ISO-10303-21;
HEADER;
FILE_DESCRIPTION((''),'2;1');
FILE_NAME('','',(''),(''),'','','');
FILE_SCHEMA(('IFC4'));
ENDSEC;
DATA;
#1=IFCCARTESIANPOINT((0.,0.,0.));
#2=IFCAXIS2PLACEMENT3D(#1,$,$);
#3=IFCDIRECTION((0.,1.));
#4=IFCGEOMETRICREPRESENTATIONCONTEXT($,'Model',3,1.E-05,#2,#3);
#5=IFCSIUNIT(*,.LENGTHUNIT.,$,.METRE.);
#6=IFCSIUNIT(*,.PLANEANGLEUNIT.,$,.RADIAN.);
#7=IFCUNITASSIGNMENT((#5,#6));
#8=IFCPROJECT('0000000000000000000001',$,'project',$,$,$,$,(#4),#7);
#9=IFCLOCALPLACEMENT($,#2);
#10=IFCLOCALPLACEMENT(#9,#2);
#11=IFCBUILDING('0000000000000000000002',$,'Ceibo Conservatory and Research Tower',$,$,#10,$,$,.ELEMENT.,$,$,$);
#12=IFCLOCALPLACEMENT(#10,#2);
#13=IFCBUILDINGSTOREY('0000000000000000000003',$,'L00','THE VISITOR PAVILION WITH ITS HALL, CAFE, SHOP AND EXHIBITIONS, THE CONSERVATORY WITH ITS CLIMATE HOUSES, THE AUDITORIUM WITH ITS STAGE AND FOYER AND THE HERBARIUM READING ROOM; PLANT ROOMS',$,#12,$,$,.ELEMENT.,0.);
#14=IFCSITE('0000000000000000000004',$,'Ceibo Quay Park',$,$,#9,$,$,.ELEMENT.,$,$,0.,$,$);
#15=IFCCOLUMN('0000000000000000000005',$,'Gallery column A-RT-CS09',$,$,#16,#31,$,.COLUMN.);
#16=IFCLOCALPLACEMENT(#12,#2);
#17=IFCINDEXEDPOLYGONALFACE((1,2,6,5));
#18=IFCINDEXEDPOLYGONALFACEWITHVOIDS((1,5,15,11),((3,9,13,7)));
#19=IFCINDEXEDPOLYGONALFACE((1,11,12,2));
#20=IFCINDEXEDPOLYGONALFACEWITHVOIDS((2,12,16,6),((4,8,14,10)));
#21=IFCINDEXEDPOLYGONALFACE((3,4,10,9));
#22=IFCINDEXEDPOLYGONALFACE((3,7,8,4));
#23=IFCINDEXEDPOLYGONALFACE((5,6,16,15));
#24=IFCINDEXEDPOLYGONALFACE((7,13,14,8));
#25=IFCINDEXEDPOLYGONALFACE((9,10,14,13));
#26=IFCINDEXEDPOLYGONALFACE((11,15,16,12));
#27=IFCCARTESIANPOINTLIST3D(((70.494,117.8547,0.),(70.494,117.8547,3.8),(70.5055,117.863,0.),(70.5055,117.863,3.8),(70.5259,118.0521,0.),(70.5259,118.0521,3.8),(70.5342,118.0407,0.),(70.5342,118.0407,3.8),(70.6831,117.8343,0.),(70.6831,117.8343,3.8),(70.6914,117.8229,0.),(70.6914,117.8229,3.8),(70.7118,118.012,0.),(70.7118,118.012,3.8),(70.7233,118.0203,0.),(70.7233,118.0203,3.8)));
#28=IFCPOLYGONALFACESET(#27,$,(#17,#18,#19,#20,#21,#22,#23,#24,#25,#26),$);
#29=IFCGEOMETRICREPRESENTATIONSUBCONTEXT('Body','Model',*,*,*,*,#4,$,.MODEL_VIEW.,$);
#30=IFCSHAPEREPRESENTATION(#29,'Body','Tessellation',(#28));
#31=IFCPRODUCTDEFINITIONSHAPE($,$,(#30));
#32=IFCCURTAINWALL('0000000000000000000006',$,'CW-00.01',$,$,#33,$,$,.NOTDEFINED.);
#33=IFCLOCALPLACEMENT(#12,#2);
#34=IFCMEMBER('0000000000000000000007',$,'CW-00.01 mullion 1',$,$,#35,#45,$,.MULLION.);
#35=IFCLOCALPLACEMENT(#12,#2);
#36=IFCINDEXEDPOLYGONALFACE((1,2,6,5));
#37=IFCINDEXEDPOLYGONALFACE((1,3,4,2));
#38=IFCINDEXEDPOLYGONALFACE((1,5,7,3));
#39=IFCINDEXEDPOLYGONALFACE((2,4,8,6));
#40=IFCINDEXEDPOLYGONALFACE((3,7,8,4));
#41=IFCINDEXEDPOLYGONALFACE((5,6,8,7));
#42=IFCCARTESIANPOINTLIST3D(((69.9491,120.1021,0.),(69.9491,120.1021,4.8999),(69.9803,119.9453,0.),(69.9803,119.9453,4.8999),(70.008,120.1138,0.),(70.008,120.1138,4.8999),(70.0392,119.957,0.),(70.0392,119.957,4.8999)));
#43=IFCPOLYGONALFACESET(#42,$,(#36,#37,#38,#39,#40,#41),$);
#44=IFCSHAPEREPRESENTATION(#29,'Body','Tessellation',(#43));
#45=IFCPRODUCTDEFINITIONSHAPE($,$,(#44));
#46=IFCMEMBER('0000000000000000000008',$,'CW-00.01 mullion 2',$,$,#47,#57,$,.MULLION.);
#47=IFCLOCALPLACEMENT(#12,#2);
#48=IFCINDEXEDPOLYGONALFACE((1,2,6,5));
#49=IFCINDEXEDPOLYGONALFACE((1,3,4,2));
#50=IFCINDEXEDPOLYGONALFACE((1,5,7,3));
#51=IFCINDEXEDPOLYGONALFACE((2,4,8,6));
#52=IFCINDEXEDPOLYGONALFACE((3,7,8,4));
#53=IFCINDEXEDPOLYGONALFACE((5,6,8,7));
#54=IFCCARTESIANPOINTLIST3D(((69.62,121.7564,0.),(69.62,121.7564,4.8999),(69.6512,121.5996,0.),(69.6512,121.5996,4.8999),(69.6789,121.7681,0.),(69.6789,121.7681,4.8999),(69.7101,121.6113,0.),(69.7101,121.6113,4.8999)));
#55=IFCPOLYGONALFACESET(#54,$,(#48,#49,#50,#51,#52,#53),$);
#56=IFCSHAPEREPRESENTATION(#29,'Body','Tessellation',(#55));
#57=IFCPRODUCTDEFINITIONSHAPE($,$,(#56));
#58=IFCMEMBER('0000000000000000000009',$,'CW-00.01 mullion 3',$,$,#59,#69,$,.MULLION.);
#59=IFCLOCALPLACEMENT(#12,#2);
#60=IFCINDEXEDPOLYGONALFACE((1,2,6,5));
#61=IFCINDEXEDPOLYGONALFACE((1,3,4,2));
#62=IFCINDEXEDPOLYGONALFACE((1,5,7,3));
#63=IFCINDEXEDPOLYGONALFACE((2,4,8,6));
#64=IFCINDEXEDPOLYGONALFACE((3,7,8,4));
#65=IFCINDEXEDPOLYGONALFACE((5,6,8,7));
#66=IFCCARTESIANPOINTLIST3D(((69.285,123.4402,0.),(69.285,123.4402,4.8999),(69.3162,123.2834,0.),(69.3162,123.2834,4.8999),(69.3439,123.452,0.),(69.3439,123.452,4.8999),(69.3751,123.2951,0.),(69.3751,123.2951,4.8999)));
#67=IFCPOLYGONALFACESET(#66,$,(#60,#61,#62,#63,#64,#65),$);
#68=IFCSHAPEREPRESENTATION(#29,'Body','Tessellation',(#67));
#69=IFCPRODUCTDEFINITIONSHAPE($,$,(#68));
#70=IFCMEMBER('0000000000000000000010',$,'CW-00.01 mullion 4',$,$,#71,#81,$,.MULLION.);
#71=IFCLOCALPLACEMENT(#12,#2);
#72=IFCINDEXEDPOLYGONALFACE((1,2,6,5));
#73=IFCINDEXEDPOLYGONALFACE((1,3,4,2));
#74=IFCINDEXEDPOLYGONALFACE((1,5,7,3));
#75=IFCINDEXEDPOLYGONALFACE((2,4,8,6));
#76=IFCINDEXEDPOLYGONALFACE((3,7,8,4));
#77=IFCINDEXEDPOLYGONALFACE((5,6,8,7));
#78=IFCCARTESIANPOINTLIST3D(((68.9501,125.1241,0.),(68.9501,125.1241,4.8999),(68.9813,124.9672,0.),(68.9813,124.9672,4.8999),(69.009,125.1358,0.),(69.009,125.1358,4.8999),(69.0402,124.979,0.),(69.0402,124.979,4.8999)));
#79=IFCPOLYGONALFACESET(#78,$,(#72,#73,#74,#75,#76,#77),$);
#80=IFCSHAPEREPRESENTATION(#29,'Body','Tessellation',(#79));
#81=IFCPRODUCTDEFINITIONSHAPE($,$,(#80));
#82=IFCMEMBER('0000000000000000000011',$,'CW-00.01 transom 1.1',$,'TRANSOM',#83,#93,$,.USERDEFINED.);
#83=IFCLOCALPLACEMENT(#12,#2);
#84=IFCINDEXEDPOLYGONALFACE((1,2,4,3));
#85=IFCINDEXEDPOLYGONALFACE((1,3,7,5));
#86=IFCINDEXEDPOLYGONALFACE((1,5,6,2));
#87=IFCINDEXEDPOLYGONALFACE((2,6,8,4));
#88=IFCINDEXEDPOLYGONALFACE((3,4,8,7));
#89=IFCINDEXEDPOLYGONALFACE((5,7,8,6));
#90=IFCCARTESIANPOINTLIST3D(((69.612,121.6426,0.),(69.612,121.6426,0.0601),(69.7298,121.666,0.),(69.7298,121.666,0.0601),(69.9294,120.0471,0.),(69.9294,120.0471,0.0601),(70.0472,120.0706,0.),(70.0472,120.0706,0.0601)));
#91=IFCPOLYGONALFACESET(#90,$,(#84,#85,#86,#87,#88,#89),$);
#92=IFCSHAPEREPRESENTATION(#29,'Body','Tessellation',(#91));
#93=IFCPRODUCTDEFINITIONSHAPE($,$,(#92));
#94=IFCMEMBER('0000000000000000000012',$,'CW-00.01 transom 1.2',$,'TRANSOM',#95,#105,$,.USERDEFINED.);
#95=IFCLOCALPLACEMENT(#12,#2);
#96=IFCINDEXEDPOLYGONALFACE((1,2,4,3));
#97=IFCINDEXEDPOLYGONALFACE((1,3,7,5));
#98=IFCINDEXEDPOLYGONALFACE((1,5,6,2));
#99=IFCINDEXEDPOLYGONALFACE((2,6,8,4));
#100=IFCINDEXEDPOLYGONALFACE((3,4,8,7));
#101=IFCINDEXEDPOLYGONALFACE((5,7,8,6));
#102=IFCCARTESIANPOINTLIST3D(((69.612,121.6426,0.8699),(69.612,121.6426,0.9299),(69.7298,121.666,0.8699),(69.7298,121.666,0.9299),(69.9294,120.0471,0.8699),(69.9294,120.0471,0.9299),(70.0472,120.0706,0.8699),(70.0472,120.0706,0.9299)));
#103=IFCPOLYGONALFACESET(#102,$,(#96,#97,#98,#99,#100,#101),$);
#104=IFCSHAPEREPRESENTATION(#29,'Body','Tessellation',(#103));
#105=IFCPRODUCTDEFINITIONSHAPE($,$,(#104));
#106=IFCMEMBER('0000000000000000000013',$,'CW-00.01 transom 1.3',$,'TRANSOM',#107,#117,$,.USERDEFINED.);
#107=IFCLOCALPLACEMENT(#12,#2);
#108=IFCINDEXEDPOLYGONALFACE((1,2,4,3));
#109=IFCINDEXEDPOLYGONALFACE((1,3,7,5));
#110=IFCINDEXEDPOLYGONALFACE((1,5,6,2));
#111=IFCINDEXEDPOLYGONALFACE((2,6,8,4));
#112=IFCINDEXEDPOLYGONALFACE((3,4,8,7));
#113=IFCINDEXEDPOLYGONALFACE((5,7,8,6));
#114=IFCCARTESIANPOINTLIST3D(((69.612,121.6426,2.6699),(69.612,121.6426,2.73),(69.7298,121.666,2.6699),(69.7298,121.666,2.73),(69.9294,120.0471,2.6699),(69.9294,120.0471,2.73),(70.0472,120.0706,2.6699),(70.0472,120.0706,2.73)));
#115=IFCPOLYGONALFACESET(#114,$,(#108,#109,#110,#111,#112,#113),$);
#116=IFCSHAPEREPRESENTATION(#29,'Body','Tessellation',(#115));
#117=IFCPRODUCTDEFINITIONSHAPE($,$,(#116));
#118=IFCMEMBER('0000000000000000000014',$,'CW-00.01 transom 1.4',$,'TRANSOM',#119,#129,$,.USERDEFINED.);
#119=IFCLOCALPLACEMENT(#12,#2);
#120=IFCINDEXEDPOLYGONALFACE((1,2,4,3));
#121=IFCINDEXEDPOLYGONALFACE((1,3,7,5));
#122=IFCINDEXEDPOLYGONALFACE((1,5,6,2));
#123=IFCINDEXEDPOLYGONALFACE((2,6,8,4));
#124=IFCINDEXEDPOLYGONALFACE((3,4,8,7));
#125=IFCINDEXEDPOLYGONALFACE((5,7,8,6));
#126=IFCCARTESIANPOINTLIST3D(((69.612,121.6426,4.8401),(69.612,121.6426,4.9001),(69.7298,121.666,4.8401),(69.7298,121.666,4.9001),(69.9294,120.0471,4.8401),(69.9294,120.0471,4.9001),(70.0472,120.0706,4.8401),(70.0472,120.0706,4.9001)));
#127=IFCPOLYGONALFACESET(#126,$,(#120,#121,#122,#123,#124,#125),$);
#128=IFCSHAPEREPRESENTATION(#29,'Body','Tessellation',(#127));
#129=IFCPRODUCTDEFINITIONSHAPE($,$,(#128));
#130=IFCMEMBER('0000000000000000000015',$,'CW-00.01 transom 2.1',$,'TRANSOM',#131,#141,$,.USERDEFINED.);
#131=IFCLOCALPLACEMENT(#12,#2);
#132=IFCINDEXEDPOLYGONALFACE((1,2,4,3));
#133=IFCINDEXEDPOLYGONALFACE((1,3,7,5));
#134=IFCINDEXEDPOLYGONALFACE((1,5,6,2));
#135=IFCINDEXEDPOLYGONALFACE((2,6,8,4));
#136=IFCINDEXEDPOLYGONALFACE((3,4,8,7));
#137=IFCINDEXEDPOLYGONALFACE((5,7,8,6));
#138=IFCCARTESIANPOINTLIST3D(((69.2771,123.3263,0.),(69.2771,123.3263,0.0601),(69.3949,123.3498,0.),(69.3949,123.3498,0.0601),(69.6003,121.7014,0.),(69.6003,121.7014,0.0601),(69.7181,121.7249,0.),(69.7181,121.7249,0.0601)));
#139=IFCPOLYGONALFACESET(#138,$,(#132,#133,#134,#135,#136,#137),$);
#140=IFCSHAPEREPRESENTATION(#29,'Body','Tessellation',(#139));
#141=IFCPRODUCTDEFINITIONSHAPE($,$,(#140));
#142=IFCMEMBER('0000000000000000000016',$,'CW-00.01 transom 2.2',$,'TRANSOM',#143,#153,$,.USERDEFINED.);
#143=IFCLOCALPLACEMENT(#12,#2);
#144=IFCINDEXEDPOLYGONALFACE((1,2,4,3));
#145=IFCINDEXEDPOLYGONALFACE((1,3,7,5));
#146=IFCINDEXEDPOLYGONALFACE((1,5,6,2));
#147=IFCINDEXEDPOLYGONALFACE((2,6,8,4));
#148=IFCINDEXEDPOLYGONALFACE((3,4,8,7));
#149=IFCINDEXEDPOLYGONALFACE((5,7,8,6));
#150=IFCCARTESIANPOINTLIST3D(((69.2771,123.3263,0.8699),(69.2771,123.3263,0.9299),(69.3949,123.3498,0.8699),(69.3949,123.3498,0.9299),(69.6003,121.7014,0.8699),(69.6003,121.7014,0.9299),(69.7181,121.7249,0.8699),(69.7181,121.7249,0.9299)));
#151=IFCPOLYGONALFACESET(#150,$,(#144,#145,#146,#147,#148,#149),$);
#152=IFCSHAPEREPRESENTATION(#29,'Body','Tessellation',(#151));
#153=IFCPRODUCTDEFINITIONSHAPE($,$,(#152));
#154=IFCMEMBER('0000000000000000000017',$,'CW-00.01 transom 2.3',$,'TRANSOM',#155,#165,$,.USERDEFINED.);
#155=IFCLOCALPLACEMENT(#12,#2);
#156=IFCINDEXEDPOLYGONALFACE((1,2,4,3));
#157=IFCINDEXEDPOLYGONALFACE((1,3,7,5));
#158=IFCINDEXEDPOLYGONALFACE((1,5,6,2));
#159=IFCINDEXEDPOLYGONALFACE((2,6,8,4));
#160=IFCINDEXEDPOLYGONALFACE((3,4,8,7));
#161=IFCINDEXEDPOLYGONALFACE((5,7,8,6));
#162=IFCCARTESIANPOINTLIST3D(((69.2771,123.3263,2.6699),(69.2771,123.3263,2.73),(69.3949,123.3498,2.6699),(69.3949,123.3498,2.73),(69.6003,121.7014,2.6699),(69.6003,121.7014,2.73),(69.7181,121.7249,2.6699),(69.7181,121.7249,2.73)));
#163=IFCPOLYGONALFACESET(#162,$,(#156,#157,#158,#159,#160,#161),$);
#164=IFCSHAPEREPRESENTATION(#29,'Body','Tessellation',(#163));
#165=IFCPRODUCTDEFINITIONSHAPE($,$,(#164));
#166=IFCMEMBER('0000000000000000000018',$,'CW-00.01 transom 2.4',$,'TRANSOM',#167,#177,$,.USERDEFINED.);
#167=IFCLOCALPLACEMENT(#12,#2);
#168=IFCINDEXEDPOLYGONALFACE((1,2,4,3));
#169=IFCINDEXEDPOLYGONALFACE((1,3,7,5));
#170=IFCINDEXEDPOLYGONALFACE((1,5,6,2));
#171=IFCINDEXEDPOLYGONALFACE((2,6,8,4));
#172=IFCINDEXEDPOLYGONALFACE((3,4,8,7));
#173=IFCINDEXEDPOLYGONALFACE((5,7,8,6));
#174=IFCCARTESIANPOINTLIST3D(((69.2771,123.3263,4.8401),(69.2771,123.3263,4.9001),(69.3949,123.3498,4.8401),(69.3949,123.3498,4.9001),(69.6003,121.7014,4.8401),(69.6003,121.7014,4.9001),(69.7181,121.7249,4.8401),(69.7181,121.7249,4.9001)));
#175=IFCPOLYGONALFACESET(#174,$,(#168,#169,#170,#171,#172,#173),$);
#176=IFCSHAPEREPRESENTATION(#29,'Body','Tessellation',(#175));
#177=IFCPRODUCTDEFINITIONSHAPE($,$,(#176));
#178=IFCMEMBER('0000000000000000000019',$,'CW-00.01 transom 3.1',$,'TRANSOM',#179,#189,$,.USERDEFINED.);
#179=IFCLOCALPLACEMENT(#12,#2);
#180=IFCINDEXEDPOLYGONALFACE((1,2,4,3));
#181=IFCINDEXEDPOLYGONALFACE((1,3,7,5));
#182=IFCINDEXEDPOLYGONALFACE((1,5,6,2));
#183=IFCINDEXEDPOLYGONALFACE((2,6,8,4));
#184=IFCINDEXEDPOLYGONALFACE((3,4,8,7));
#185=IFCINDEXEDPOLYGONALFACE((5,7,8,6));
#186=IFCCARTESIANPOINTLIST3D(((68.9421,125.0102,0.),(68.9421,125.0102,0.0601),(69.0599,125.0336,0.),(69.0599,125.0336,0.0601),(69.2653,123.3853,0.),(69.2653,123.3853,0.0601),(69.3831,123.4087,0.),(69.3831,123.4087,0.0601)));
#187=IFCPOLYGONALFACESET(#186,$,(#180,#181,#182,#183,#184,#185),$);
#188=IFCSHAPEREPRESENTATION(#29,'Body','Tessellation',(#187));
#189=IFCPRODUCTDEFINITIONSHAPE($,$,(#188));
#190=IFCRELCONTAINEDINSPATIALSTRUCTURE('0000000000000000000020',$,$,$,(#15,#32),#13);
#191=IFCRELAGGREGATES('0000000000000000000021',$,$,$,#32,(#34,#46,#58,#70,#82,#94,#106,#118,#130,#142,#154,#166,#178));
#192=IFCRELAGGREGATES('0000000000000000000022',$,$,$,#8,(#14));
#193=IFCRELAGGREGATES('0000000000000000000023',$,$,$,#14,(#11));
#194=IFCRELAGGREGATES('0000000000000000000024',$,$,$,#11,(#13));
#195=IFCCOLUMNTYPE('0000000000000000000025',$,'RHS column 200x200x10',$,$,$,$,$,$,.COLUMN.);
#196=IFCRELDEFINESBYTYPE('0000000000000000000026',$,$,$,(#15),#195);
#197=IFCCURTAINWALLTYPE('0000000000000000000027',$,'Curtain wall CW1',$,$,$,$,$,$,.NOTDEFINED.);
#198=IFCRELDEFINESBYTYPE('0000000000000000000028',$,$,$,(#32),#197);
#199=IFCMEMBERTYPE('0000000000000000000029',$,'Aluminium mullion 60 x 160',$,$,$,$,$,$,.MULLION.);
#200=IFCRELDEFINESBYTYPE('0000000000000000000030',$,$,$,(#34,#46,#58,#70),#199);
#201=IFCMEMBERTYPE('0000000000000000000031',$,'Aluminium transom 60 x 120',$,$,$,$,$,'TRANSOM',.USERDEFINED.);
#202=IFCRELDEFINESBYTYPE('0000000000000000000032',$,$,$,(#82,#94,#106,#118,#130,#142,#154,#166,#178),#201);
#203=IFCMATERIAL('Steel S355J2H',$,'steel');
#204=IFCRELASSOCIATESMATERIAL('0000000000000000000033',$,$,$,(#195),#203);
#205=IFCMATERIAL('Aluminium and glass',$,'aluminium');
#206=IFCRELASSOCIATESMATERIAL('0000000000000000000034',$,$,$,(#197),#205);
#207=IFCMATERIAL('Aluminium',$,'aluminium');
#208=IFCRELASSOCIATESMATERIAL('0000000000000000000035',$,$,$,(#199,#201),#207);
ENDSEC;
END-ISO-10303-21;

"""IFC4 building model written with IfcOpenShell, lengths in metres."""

from ifc_helpers import new_model, si_unit, direction, frame, origin, origin_2d, place, context, subcontext, project, spatial, rectangle, hollow_rectangle, extrude, material, material_profile, profile_set, type_object, element, aggregate, save


model = new_model("IFC4")

# Units and contexts
model_context = context("Model", 3, precision=1e-05, world=origin(), true_north=direction((0.0, 1.0)))
body_context = subcontext(model_context, "Body", "Model", "MODEL_VIEW")
ifc_project = project(units=[si_unit("LENGTHUNIT", "METRE"), si_unit("PLANEANGLEUNIT", "RADIAN")], contexts=[model_context])

# Site, building, storey
site_placement = place(None, origin())
site = spatial("IfcSite", under=ifc_project, at=site_placement, Name="Ceibo Quay Park", CompositionType="ELEMENT", RefElevation=0.0)
building_placement = place(site_placement, origin())
building = spatial("IfcBuilding", under=site, at=building_placement, Name="Ceibo Conservatory and Research Tower", CompositionType="ELEMENT")
storey_placement = place(building_placement, origin())
storey = spatial("IfcBuildingStorey", under=building, at=storey_placement, Name="L00", Description="THE VISITOR PAVILION WITH ITS HALL, CAFE, SHOP AND EXHIBITIONS, THE CONSERVATORY WITH ITS CLIMATE HOUSES, THE AUDITORIUM WITH ITS STAGE AND FOYER AND THE HERBARIUM READING ROOM; PLANT ROOMS", CompositionType="ELEMENT", Elevation=0.0)

# Column
ifc_material_1 = material(Name="Steel S355J2H", Category="steel")
ifc_material_profile_1 = material_profile(ifc_material_1, hollow_rectangle(XDim=0.2, YDim=0.2, WallThickness=0.01, at=origin_2d()), Name="RHS column 200x200x10")
ifc_profile_set_1 = profile_set([ifc_material_profile_1], Name="Steel S355J2H")
column_type = type_object("IfcColumnType", Name="RHS column 200x200x10", PredefinedType="COLUMN", material=ifc_profile_set_1)
column_placement = place(storey_placement, frame((70.6086, 117.9375, 0.0), z_axis=(0.0, 0.0, 1.0), x_axis=(-0.987216, 0.159391, 0.0)))
element("IfcColumn", 1, at=column_placement, inside=storey, type_object=column_type, Name="Gallery column A-RT-CS09", PredefinedType="COLUMN", context=body_context, shape_type="SweptSolid", body=[
    extrude(hollow_rectangle(XDim=0.2, YDim=0.2, WallThickness=0.01, at=origin_2d()), origin(), (0.0, 0.0, 1.0), 3.8),
])

# Curtain wall, members
ifc_material_2 = material(Name="Aluminium and glass", Category="aluminium")
curtain_wall_type_1 = type_object("IfcCurtainWallType", Name="Curtain wall CW1", PredefinedType="NOTDEFINED", material=ifc_material_2)
curtain_wall_1_placement = place(storey_placement, origin())
curtain_wall_1 = element("IfcCurtainWall", 2, at=curtain_wall_1_placement, inside=storey, type_object=curtain_wall_type_1, Name="CW-00.01", PredefinedType="NOTDEFINED")
ifc_material_3 = material(Name="Aluminium", Category="aluminium")
ifc_material_profile_2 = material_profile(ifc_material_3, rectangle(XDim=0.0601, YDim=0.1599, at=origin_2d()), Name="Aluminium 60 x 160")
ifc_profile_set_2 = profile_set([ifc_material_profile_2], Name="Aluminium")
member_type_1 = type_object("IfcMemberType", Name="Aluminium mullion 60 x 160", PredefinedType="MULLION", material=ifc_profile_set_2)
member_1_placement = place(storey_placement, frame((69.9941, 120.0295, 0.0), z_axis=(0.0, 0.0, 1.0), x_axis=(-0.980785, -0.19509, 0.0)))
member_1 = element("IfcMember", 3, at=member_1_placement, type_object=member_type_1, Name="CW-00.01 mullion 1", PredefinedType="MULLION", context=body_context, shape_type="SweptSolid", body=[
    extrude(rectangle(XDim=0.0601, YDim=0.1599, at=origin_2d()), origin(), (0.0, 0.0, 1.0), 4.8999),
])
member_2_placement = place(storey_placement, frame((69.665, 121.6838, 0.0), z_axis=(0.0, 0.0, 1.0), x_axis=(-0.980785, -0.19509, 0.0)))
member_2 = element("IfcMember", 4, at=member_2_placement, type_object=member_type_1, Name="CW-00.01 mullion 2", PredefinedType="MULLION", context=body_context, shape_type="SweptSolid", body=[
    extrude(rectangle(XDim=0.0601, YDim=0.1599, at=origin_2d()), origin(), (0.0, 0.0, 1.0), 4.8999),
])
member_3_placement = place(storey_placement, frame((69.3301, 123.3677, 0.0), z_axis=(0.0, 0.0, 1.0), x_axis=(-0.980785, -0.19509, 0.0)))
member_3 = element("IfcMember", 5, at=member_3_placement, type_object=member_type_1, Name="CW-00.01 mullion 3", PredefinedType="MULLION", context=body_context, shape_type="SweptSolid", body=[
    extrude(rectangle(XDim=0.0601, YDim=0.1599, at=origin_2d()), origin(), (0.0, 0.0, 1.0), 4.8999),
])
member_4_placement = place(storey_placement, frame((68.9951, 125.0515, 0.0), z_axis=(0.0, 0.0, 1.0), x_axis=(-0.980785, -0.19509, 0.0)))
member_4 = element("IfcMember", 6, at=member_4_placement, type_object=member_type_1, Name="CW-00.01 mullion 4", PredefinedType="MULLION", context=body_context, shape_type="SweptSolid", body=[
    extrude(rectangle(XDim=0.0601, YDim=0.1599, at=origin_2d()), origin(), (0.0, 0.0, 1.0), 4.8999),
])
ifc_material_profile_3 = material_profile(ifc_material_3, rectangle(XDim=0.1201, YDim=0.0601, at=origin_2d()), Name="Aluminium 60 x 120")
ifc_profile_set_3 = profile_set([ifc_material_profile_3], Name="Aluminium")
member_type_2 = type_object("IfcMemberType", Name="Aluminium transom 60 x 120", ElementType="TRANSOM", PredefinedType="USERDEFINED", material=ifc_profile_set_3)
member_5_placement = place(storey_placement, frame((69.9883, 120.0588, 0.03), z_axis=(-0.195106, 0.980782, 0.0), x_axis=(-0.980782, -0.195106, 0.0)))
member_5 = element("IfcMember", 7, at=member_5_placement, type_object=member_type_2, Name="CW-00.01 transom 1.1", ObjectType="TRANSOM", PredefinedType="USERDEFINED", context=body_context, shape_type="SweptSolid", body=[
    extrude(rectangle(XDim=0.1201, YDim=0.0601, at=origin_2d()), origin(), (0.0, 0.0, 1.0), 1.6267),
])
member_6_placement = place(storey_placement, frame((69.9883, 120.0588, 0.8999), z_axis=(-0.195106, 0.980782, 0.0), x_axis=(-0.980782, -0.195106, 0.0)))
member_6 = element("IfcMember", 8, at=member_6_placement, type_object=member_type_2, Name="CW-00.01 transom 1.2", ObjectType="TRANSOM", PredefinedType="USERDEFINED", context=body_context, shape_type="SweptSolid", body=[
    extrude(rectangle(XDim=0.1201, YDim=0.0601, at=origin_2d()), origin(), (0.0, 0.0, 1.0), 1.6267),
])
member_7_placement = place(storey_placement, frame((69.9883, 120.0588, 2.7), z_axis=(-0.195106, 0.980782, 0.0), x_axis=(-0.980782, -0.195106, 0.0)))
member_7 = element("IfcMember", 9, at=member_7_placement, type_object=member_type_2, Name="CW-00.01 transom 1.3", ObjectType="TRANSOM", PredefinedType="USERDEFINED", context=body_context, shape_type="SweptSolid", body=[
    extrude(rectangle(XDim=0.1201, YDim=0.0601, at=origin_2d()), origin(), (0.0, 0.0, 1.0), 1.6267),
])
member_8_placement = place(storey_placement, frame((69.9883, 120.0588, 4.8701), z_axis=(-0.195106, 0.980782, 0.0), x_axis=(-0.980782, -0.195106, 0.0)))
member_8 = element("IfcMember", 10, at=member_8_placement, type_object=member_type_2, Name="CW-00.01 transom 1.4", ObjectType="TRANSOM", PredefinedType="USERDEFINED", context=body_context, shape_type="SweptSolid", body=[
    extrude(rectangle(XDim=0.1201, YDim=0.0601, at=origin_2d()), origin(), (0.0, 0.0, 1.0), 1.6267),
])
member_9_placement = place(storey_placement, frame((69.6592, 121.7131, 0.03), z_axis=(-0.195096, 0.980784, 0.0), x_axis=(-0.980784, -0.195096, 0.0)))
member_9 = element("IfcMember", 11, at=member_9_placement, type_object=member_type_2, Name="CW-00.01 transom 2.1", ObjectType="TRANSOM", PredefinedType="USERDEFINED", context=body_context, shape_type="SweptSolid", body=[
    extrude(rectangle(XDim=0.1201, YDim=0.0601, at=origin_2d()), origin(), (0.0, 0.0, 1.0), 1.6567),
])
member_10_placement = place(storey_placement, frame((69.6592, 121.7131, 0.8999), z_axis=(-0.195096, 0.980784, 0.0), x_axis=(-0.980784, -0.195096, 0.0)))
member_10 = element("IfcMember", 12, at=member_10_placement, type_object=member_type_2, Name="CW-00.01 transom 2.2", ObjectType="TRANSOM", PredefinedType="USERDEFINED", context=body_context, shape_type="SweptSolid", body=[
    extrude(rectangle(XDim=0.1201, YDim=0.0601, at=origin_2d()), origin(), (0.0, 0.0, 1.0), 1.6567),
])
member_11_placement = place(storey_placement, frame((69.6592, 121.7131, 2.7), z_axis=(-0.195096, 0.980784, 0.0), x_axis=(-0.980784, -0.195096, 0.0)))
member_11 = element("IfcMember", 13, at=member_11_placement, type_object=member_type_2, Name="CW-00.01 transom 2.3", ObjectType="TRANSOM", PredefinedType="USERDEFINED", context=body_context, shape_type="SweptSolid", body=[
    extrude(rectangle(XDim=0.1201, YDim=0.0601, at=origin_2d()), origin(), (0.0, 0.0, 1.0), 1.6567),
])
member_12_placement = place(storey_placement, frame((69.6592, 121.7131, 4.8701), z_axis=(-0.195096, 0.980784, 0.0), x_axis=(-0.980784, -0.195096, 0.0)))
member_12 = element("IfcMember", 14, at=member_12_placement, type_object=member_type_2, Name="CW-00.01 transom 2.4", ObjectType="TRANSOM", PredefinedType="USERDEFINED", context=body_context, shape_type="SweptSolid", body=[
    extrude(rectangle(XDim=0.1201, YDim=0.0601, at=origin_2d()), origin(), (0.0, 0.0, 1.0), 1.6567),
])
member_13_placement = place(storey_placement, frame((69.3242, 123.397, 0.03), z_axis=(-0.195096, 0.980784, 0.0), x_axis=(-0.980784, -0.195096, 0.0)))
member_13 = element("IfcMember", 15, at=member_13_placement, type_object=member_type_2, Name="CW-00.01 transom 3.1", ObjectType="TRANSOM", PredefinedType="USERDEFINED", context=body_context, shape_type="SweptSolid", body=[
    extrude(rectangle(XDim=0.1201, YDim=0.0601, at=origin_2d()), origin(), (0.0, 0.0, 1.0), 1.6567),
])

aggregate(curtain_wall_1, [member_1, member_2, member_3, member_4, member_5, member_6, member_7, member_8, member_9, member_10, member_11, member_12, member_13])

save(model, "model.ifc")
